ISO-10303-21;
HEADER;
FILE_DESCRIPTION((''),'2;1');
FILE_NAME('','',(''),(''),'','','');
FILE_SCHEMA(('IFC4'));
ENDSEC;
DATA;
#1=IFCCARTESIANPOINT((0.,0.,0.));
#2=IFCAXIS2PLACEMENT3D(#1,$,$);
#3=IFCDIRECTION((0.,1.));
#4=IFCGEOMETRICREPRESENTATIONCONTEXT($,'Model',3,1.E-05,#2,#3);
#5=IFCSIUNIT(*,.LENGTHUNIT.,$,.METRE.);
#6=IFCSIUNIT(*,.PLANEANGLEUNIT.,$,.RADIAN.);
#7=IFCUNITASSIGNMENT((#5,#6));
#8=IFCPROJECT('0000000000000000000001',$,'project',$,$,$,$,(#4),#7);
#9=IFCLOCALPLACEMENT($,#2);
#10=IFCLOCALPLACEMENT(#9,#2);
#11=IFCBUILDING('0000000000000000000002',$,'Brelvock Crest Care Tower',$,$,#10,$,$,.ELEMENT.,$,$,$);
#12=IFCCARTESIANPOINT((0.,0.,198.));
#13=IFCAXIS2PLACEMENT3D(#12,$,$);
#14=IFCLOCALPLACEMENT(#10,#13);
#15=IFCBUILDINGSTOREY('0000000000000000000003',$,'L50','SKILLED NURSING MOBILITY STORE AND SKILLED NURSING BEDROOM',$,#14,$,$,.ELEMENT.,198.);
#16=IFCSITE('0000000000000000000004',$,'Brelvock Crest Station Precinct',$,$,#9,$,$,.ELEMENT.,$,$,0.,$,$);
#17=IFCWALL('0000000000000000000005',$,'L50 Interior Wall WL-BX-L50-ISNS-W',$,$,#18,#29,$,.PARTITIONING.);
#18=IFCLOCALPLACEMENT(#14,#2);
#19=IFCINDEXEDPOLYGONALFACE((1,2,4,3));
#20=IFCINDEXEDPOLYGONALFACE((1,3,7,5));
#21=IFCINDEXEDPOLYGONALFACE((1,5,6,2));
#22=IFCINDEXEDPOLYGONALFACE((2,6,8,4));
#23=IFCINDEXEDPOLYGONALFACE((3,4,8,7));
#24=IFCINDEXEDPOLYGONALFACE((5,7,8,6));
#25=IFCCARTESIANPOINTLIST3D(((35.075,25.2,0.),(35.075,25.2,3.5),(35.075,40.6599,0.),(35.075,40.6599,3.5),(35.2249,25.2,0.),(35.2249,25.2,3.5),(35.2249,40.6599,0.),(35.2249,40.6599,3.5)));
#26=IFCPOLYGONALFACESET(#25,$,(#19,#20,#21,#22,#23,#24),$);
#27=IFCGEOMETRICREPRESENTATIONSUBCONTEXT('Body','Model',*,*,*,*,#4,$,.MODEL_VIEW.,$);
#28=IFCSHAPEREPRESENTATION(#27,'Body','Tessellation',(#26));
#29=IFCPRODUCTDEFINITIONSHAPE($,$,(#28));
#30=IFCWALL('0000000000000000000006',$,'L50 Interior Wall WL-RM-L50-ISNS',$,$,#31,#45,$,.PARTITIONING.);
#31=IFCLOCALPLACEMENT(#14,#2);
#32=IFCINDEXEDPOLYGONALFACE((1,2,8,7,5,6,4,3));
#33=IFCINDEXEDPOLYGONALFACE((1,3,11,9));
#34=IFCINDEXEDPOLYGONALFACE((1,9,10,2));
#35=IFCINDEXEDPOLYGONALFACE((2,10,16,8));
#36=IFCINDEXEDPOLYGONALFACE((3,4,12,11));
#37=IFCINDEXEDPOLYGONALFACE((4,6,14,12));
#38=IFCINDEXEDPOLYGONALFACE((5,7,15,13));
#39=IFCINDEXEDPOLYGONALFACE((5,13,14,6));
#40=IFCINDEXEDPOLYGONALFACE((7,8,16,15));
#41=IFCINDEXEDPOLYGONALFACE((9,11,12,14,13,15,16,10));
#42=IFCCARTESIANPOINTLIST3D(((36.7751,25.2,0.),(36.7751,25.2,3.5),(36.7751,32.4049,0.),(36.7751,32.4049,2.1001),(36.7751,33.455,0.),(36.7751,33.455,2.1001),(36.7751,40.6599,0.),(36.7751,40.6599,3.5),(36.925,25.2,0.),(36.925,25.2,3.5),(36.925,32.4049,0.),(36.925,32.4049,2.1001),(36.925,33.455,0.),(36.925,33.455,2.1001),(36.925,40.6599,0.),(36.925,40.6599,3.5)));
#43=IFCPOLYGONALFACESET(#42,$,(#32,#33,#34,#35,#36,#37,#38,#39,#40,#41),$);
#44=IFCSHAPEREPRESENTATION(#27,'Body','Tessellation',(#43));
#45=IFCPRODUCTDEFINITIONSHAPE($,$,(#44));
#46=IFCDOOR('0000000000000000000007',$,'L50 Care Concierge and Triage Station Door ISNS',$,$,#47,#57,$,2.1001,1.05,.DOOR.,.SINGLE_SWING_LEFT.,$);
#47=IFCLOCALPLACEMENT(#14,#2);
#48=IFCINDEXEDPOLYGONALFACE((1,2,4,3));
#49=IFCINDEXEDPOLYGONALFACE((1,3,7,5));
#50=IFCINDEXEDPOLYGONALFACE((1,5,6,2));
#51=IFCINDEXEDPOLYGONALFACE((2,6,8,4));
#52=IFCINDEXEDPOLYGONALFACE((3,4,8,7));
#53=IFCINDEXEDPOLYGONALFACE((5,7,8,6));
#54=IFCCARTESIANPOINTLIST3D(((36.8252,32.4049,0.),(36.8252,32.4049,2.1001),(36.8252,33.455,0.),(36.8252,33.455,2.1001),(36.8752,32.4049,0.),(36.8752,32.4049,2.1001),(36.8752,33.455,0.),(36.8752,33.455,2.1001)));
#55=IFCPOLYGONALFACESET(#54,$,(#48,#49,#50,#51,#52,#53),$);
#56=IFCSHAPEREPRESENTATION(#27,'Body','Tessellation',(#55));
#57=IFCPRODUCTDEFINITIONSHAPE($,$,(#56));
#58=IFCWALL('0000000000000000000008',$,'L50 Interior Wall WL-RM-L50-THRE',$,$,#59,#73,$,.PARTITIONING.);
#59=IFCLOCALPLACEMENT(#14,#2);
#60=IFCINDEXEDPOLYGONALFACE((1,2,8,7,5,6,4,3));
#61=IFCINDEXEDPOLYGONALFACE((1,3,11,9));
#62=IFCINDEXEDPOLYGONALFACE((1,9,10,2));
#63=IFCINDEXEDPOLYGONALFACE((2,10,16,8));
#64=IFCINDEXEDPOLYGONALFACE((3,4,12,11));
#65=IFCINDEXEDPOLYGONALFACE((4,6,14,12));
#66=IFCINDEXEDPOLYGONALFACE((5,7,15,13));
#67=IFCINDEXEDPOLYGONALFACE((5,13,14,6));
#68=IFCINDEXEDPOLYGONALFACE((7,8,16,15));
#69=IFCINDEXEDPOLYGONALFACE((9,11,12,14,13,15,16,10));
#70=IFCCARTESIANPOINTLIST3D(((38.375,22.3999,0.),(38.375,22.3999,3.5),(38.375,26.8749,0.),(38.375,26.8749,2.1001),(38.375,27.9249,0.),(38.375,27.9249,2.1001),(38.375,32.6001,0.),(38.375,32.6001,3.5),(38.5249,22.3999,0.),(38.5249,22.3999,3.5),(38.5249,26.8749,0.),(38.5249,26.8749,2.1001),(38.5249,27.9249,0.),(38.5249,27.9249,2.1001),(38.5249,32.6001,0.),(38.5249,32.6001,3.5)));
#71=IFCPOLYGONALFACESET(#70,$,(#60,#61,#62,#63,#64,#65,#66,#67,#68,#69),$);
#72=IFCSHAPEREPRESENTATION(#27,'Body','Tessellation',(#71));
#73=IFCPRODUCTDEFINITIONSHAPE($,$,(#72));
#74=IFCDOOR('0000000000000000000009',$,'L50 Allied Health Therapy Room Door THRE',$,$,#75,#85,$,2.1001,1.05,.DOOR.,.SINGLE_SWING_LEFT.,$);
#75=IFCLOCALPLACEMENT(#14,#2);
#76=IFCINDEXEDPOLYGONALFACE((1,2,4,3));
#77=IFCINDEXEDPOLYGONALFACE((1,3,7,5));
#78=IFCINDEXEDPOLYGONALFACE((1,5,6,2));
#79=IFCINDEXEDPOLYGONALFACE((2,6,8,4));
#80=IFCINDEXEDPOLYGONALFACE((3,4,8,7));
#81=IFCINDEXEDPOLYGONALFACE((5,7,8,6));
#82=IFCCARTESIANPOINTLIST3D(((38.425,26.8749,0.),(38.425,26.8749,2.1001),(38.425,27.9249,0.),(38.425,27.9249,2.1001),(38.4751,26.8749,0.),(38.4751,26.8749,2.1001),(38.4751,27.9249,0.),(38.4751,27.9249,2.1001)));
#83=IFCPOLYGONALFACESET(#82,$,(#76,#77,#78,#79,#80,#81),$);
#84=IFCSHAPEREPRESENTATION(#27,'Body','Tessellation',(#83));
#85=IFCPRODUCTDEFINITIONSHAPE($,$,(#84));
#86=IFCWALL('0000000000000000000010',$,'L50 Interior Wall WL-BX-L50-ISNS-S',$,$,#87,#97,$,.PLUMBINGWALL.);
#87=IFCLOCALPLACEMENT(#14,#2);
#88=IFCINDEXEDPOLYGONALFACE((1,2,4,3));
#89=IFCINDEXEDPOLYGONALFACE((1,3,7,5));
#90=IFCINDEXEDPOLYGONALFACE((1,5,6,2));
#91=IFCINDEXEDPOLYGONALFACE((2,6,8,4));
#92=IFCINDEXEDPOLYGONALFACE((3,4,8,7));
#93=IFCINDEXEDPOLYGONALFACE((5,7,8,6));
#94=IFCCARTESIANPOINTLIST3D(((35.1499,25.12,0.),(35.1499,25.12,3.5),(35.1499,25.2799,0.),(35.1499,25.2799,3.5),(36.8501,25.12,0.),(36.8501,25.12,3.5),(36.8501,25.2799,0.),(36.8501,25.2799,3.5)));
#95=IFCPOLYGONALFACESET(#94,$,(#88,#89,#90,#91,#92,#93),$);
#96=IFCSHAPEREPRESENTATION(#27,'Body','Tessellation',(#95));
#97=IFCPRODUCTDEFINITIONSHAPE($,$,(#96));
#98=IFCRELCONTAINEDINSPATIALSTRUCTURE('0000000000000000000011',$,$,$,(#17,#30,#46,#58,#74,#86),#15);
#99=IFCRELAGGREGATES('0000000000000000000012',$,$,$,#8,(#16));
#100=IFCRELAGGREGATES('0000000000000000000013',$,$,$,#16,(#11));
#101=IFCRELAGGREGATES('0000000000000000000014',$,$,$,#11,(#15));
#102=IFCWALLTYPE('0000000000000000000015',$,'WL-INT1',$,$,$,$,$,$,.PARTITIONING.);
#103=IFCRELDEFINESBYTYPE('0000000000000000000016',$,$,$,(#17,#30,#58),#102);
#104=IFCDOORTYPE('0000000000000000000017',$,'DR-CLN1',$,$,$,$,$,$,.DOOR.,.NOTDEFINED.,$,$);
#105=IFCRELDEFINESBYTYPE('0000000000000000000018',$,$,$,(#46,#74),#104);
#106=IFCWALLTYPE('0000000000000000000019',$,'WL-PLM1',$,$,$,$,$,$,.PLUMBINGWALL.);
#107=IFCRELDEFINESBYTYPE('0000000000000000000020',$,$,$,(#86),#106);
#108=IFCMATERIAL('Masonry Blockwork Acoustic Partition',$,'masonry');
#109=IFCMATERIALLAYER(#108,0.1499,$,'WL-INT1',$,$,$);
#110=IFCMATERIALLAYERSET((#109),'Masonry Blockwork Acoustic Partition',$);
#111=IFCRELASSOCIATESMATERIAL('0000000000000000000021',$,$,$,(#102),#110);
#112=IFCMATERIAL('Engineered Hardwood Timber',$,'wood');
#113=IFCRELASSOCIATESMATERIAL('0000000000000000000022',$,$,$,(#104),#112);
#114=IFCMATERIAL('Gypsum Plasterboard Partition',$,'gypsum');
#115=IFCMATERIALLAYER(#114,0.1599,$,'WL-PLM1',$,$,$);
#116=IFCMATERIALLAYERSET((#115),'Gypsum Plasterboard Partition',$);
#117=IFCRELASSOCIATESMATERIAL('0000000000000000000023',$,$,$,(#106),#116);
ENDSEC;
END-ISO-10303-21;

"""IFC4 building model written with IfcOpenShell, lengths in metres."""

from ifc_helpers import new_model, si_unit, direction, frame, frame_2d, origin, origin_2d, place, context, subcontext, project, spatial, rectangle, extrude, source, transform, mapped, material, layer, layer_set, type_object, element, fill, save


model = new_model("IFC4")

# Units and contexts
model_context = context("Model", 3, precision=1e-05, world=origin(), true_north=direction((0.0, 1.0)))
body_context = subcontext(model_context, "Body", "Model", "MODEL_VIEW")
ifc_project = project(units=[si_unit("LENGTHUNIT", "METRE"), si_unit("PLANEANGLEUNIT", "RADIAN")], contexts=[model_context])

# Site, building, storey
site_placement = place(None, origin())
site = spatial("IfcSite", under=ifc_project, at=site_placement, Name="Brelvock Crest Station Precinct", CompositionType="ELEMENT", RefElevation=0.0)
building_placement = place(site_placement, origin())
building = spatial("IfcBuilding", under=site, at=building_placement, Name="Brelvock Crest Care Tower", CompositionType="ELEMENT")
storey_placement = place(building_placement, frame((0.0, 0.0, 198.0)))
storey = spatial("IfcBuildingStorey", under=building, at=storey_placement, Name="L50", Description="SKILLED NURSING MOBILITY STORE AND SKILLED NURSING BEDROOM", CompositionType="ELEMENT", Elevation=198.0)

# Wall
ifc_material_1 = material(Name="Masonry Blockwork Acoustic Partition", Category="masonry")
ifc_layer_1 = layer(ifc_material_1, 0.1499, Name="WL-INT1")
ifc_layer_set_1 = layer_set([ifc_layer_1], Name="Masonry Blockwork Acoustic Partition")
wall_type_1 = type_object("IfcWallType", Name="WL-INT1", PredefinedType="PARTITIONING", material=ifc_layer_set_1)
wall_1_placement = place(storey_placement, frame((35.1499, 25.2, 0.0), z_axis=(0.0, 0.0, 1.0), x_axis=(0.0, 1.0, 0.0)))
element("IfcWall", 1, at=wall_1_placement, inside=storey, type_object=wall_type_1, Name="L50 Interior Wall WL-BX-L50-ISNS-W", PredefinedType="PARTITIONING", context=body_context, shape_type="SweptSolid", body=[
    extrude(rectangle(XDim=15.46, YDim=0.1499, at=frame_2d((7.73, 0.0))), origin(), (0.0, 0.0, 1.0), 3.5),
])

# Walls, openings, doors
wall_2_placement = place(storey_placement, frame((36.8501, 25.2, 0.0), z_axis=(0.0, 0.0, 1.0), x_axis=(0.0, 1.0, 0.0)))
wall_2 = element("IfcWall", 2, at=wall_2_placement, inside=storey, type_object=wall_type_1, Name="L50 Interior Wall WL-RM-L50-ISNS", PredefinedType="PARTITIONING", context=body_context, shape_type="SweptSolid", body=[
    extrude(rectangle(XDim=15.46, YDim=0.1499, at=frame_2d((7.73, 0.0))), origin(), (0.0, 0.0, 1.0), 3.5),
])
opening_1_placement = place(wall_2_placement, frame((7.2051, 0.0, 0.0)))
opening_1 = element("IfcOpeningElement", 3, at=opening_1_placement, cuts=wall_2, PredefinedType="OPENING", context=body_context, shape_type="SweptSolid", body=[
    extrude(rectangle(XDim=1.05, YDim=2.1001, at=origin_2d()), frame((0.5249, 0.085, 1.05), z_axis=(0.0, -1.0, 0.0), x_axis=(1.0, 0.0, 0.0)), (0.0, 0.0, 1.0), 0.1699),
])
ifc_material_2 = material(Name="Engineered Hardwood Timber", Category="wood")
door_type = type_object("IfcDoorType", Name="DR-CLN1", OperationType="NOTDEFINED", PredefinedType="DOOR", material=ifc_material_2)
shared_shape_1 = source(origin(), body_context, "Body", "SweptSolid", [
    extrude(rectangle(XDim=1.05, YDim=2.1001, at=origin_2d()), frame((0.5249, 0.0249, 1.05), z_axis=(0.0, -1.0, 0.0), x_axis=(1.0, 0.0, 0.0)), (0.0, 0.0, 1.0), 0.05),
])
door_1_placement = place(opening_1_placement, origin())
door_1 = element("IfcDoor", 4, at=door_1_placement, inside=storey, type_object=door_type, Name="L50 Care Concierge and Triage Station Door ISNS", OperationType="SINGLE_SWING_LEFT", OverallHeight=2.1001, OverallWidth=1.05, PredefinedType="DOOR", context=body_context, shape_type="MappedRepresentation", body=[
    mapped(shared_shape_1, transform((0.0, 0.0, 0.0), x_axis=(1.0, 0.0, 0.0), y_axis=(0.0, 1.0, 0.0), z_axis=(0.0, 0.0, 1.0), scale=1.0)),
])
fill(opening_1, door_1)
wall_3_placement = place(storey_placement, frame((38.45, 22.3999, 0.0), z_axis=(0.0, 0.0, 1.0), x_axis=(0.0, 1.0, 0.0)))
wall_3 = element("IfcWall", 5, at=wall_3_placement, inside=storey, type_object=wall_type_1, Name="L50 Interior Wall WL-RM-L50-THRE", PredefinedType="PARTITIONING", context=body_context, shape_type="SweptSolid", body=[
    extrude(rectangle(XDim=10.2002, YDim=0.1499, at=frame_2d((5.1001, 0.0))), origin(), (0.0, 0.0, 1.0), 3.5),
])
opening_2_placement = place(wall_3_placement, frame((4.4751, 0.0, 0.0)))
opening_2 = element("IfcOpeningElement", 6, at=opening_2_placement, cuts=wall_3, PredefinedType="OPENING", context=body_context, shape_type="SweptSolid", body=[
    extrude(rectangle(XDim=1.05, YDim=2.1001, at=origin_2d()), frame((0.5249, 0.085, 1.05), z_axis=(0.0, -1.0, 0.0), x_axis=(1.0, 0.0, 0.0)), (0.0, 0.0, 1.0), 0.1699),
])
door_2_placement = place(opening_2_placement, origin())
door_2 = element("IfcDoor", 7, at=door_2_placement, inside=storey, type_object=door_type, Name="L50 Allied Health Therapy Room Door THRE", OperationType="SINGLE_SWING_LEFT", OverallHeight=2.1001, OverallWidth=1.05, PredefinedType="DOOR", context=body_context, shape_type="MappedRepresentation", body=[
    mapped(shared_shape_1, transform((0.0, 0.0, 0.0), x_axis=(1.0, 0.0, 0.0), y_axis=(0.0, 1.0, 0.0), z_axis=(0.0, 0.0, 1.0), scale=1.0)),
])
fill(opening_2, door_2)

# Wall
ifc_material_3 = material(Name="Gypsum Plasterboard Partition", Category="gypsum")
ifc_layer_2 = layer(ifc_material_3, 0.1599, Name="WL-PLM1")
ifc_layer_set_2 = layer_set([ifc_layer_2], Name="Gypsum Plasterboard Partition")
wall_type_2 = type_object("IfcWallType", Name="WL-PLM1", PredefinedType="PLUMBINGWALL", material=ifc_layer_set_2)
wall_4_placement = place(storey_placement, frame((35.1499, 25.2, 0.0), z_axis=(0.0, 0.0, 1.0), x_axis=(1.0, 0.0, 0.0)))
element("IfcWall", 8, at=wall_4_placement, inside=storey, type_object=wall_type_2, Name="L50 Interior Wall WL-BX-L50-ISNS-S", PredefinedType="PLUMBINGWALL", context=body_context, shape_type="SweptSolid", body=[
    extrude(rectangle(XDim=1.7002, YDim=0.1599, at=frame_2d((0.8501, 0.0))), origin(), (0.0, 0.0, 1.0), 3.5),
])

save(model, "model.ifc")
